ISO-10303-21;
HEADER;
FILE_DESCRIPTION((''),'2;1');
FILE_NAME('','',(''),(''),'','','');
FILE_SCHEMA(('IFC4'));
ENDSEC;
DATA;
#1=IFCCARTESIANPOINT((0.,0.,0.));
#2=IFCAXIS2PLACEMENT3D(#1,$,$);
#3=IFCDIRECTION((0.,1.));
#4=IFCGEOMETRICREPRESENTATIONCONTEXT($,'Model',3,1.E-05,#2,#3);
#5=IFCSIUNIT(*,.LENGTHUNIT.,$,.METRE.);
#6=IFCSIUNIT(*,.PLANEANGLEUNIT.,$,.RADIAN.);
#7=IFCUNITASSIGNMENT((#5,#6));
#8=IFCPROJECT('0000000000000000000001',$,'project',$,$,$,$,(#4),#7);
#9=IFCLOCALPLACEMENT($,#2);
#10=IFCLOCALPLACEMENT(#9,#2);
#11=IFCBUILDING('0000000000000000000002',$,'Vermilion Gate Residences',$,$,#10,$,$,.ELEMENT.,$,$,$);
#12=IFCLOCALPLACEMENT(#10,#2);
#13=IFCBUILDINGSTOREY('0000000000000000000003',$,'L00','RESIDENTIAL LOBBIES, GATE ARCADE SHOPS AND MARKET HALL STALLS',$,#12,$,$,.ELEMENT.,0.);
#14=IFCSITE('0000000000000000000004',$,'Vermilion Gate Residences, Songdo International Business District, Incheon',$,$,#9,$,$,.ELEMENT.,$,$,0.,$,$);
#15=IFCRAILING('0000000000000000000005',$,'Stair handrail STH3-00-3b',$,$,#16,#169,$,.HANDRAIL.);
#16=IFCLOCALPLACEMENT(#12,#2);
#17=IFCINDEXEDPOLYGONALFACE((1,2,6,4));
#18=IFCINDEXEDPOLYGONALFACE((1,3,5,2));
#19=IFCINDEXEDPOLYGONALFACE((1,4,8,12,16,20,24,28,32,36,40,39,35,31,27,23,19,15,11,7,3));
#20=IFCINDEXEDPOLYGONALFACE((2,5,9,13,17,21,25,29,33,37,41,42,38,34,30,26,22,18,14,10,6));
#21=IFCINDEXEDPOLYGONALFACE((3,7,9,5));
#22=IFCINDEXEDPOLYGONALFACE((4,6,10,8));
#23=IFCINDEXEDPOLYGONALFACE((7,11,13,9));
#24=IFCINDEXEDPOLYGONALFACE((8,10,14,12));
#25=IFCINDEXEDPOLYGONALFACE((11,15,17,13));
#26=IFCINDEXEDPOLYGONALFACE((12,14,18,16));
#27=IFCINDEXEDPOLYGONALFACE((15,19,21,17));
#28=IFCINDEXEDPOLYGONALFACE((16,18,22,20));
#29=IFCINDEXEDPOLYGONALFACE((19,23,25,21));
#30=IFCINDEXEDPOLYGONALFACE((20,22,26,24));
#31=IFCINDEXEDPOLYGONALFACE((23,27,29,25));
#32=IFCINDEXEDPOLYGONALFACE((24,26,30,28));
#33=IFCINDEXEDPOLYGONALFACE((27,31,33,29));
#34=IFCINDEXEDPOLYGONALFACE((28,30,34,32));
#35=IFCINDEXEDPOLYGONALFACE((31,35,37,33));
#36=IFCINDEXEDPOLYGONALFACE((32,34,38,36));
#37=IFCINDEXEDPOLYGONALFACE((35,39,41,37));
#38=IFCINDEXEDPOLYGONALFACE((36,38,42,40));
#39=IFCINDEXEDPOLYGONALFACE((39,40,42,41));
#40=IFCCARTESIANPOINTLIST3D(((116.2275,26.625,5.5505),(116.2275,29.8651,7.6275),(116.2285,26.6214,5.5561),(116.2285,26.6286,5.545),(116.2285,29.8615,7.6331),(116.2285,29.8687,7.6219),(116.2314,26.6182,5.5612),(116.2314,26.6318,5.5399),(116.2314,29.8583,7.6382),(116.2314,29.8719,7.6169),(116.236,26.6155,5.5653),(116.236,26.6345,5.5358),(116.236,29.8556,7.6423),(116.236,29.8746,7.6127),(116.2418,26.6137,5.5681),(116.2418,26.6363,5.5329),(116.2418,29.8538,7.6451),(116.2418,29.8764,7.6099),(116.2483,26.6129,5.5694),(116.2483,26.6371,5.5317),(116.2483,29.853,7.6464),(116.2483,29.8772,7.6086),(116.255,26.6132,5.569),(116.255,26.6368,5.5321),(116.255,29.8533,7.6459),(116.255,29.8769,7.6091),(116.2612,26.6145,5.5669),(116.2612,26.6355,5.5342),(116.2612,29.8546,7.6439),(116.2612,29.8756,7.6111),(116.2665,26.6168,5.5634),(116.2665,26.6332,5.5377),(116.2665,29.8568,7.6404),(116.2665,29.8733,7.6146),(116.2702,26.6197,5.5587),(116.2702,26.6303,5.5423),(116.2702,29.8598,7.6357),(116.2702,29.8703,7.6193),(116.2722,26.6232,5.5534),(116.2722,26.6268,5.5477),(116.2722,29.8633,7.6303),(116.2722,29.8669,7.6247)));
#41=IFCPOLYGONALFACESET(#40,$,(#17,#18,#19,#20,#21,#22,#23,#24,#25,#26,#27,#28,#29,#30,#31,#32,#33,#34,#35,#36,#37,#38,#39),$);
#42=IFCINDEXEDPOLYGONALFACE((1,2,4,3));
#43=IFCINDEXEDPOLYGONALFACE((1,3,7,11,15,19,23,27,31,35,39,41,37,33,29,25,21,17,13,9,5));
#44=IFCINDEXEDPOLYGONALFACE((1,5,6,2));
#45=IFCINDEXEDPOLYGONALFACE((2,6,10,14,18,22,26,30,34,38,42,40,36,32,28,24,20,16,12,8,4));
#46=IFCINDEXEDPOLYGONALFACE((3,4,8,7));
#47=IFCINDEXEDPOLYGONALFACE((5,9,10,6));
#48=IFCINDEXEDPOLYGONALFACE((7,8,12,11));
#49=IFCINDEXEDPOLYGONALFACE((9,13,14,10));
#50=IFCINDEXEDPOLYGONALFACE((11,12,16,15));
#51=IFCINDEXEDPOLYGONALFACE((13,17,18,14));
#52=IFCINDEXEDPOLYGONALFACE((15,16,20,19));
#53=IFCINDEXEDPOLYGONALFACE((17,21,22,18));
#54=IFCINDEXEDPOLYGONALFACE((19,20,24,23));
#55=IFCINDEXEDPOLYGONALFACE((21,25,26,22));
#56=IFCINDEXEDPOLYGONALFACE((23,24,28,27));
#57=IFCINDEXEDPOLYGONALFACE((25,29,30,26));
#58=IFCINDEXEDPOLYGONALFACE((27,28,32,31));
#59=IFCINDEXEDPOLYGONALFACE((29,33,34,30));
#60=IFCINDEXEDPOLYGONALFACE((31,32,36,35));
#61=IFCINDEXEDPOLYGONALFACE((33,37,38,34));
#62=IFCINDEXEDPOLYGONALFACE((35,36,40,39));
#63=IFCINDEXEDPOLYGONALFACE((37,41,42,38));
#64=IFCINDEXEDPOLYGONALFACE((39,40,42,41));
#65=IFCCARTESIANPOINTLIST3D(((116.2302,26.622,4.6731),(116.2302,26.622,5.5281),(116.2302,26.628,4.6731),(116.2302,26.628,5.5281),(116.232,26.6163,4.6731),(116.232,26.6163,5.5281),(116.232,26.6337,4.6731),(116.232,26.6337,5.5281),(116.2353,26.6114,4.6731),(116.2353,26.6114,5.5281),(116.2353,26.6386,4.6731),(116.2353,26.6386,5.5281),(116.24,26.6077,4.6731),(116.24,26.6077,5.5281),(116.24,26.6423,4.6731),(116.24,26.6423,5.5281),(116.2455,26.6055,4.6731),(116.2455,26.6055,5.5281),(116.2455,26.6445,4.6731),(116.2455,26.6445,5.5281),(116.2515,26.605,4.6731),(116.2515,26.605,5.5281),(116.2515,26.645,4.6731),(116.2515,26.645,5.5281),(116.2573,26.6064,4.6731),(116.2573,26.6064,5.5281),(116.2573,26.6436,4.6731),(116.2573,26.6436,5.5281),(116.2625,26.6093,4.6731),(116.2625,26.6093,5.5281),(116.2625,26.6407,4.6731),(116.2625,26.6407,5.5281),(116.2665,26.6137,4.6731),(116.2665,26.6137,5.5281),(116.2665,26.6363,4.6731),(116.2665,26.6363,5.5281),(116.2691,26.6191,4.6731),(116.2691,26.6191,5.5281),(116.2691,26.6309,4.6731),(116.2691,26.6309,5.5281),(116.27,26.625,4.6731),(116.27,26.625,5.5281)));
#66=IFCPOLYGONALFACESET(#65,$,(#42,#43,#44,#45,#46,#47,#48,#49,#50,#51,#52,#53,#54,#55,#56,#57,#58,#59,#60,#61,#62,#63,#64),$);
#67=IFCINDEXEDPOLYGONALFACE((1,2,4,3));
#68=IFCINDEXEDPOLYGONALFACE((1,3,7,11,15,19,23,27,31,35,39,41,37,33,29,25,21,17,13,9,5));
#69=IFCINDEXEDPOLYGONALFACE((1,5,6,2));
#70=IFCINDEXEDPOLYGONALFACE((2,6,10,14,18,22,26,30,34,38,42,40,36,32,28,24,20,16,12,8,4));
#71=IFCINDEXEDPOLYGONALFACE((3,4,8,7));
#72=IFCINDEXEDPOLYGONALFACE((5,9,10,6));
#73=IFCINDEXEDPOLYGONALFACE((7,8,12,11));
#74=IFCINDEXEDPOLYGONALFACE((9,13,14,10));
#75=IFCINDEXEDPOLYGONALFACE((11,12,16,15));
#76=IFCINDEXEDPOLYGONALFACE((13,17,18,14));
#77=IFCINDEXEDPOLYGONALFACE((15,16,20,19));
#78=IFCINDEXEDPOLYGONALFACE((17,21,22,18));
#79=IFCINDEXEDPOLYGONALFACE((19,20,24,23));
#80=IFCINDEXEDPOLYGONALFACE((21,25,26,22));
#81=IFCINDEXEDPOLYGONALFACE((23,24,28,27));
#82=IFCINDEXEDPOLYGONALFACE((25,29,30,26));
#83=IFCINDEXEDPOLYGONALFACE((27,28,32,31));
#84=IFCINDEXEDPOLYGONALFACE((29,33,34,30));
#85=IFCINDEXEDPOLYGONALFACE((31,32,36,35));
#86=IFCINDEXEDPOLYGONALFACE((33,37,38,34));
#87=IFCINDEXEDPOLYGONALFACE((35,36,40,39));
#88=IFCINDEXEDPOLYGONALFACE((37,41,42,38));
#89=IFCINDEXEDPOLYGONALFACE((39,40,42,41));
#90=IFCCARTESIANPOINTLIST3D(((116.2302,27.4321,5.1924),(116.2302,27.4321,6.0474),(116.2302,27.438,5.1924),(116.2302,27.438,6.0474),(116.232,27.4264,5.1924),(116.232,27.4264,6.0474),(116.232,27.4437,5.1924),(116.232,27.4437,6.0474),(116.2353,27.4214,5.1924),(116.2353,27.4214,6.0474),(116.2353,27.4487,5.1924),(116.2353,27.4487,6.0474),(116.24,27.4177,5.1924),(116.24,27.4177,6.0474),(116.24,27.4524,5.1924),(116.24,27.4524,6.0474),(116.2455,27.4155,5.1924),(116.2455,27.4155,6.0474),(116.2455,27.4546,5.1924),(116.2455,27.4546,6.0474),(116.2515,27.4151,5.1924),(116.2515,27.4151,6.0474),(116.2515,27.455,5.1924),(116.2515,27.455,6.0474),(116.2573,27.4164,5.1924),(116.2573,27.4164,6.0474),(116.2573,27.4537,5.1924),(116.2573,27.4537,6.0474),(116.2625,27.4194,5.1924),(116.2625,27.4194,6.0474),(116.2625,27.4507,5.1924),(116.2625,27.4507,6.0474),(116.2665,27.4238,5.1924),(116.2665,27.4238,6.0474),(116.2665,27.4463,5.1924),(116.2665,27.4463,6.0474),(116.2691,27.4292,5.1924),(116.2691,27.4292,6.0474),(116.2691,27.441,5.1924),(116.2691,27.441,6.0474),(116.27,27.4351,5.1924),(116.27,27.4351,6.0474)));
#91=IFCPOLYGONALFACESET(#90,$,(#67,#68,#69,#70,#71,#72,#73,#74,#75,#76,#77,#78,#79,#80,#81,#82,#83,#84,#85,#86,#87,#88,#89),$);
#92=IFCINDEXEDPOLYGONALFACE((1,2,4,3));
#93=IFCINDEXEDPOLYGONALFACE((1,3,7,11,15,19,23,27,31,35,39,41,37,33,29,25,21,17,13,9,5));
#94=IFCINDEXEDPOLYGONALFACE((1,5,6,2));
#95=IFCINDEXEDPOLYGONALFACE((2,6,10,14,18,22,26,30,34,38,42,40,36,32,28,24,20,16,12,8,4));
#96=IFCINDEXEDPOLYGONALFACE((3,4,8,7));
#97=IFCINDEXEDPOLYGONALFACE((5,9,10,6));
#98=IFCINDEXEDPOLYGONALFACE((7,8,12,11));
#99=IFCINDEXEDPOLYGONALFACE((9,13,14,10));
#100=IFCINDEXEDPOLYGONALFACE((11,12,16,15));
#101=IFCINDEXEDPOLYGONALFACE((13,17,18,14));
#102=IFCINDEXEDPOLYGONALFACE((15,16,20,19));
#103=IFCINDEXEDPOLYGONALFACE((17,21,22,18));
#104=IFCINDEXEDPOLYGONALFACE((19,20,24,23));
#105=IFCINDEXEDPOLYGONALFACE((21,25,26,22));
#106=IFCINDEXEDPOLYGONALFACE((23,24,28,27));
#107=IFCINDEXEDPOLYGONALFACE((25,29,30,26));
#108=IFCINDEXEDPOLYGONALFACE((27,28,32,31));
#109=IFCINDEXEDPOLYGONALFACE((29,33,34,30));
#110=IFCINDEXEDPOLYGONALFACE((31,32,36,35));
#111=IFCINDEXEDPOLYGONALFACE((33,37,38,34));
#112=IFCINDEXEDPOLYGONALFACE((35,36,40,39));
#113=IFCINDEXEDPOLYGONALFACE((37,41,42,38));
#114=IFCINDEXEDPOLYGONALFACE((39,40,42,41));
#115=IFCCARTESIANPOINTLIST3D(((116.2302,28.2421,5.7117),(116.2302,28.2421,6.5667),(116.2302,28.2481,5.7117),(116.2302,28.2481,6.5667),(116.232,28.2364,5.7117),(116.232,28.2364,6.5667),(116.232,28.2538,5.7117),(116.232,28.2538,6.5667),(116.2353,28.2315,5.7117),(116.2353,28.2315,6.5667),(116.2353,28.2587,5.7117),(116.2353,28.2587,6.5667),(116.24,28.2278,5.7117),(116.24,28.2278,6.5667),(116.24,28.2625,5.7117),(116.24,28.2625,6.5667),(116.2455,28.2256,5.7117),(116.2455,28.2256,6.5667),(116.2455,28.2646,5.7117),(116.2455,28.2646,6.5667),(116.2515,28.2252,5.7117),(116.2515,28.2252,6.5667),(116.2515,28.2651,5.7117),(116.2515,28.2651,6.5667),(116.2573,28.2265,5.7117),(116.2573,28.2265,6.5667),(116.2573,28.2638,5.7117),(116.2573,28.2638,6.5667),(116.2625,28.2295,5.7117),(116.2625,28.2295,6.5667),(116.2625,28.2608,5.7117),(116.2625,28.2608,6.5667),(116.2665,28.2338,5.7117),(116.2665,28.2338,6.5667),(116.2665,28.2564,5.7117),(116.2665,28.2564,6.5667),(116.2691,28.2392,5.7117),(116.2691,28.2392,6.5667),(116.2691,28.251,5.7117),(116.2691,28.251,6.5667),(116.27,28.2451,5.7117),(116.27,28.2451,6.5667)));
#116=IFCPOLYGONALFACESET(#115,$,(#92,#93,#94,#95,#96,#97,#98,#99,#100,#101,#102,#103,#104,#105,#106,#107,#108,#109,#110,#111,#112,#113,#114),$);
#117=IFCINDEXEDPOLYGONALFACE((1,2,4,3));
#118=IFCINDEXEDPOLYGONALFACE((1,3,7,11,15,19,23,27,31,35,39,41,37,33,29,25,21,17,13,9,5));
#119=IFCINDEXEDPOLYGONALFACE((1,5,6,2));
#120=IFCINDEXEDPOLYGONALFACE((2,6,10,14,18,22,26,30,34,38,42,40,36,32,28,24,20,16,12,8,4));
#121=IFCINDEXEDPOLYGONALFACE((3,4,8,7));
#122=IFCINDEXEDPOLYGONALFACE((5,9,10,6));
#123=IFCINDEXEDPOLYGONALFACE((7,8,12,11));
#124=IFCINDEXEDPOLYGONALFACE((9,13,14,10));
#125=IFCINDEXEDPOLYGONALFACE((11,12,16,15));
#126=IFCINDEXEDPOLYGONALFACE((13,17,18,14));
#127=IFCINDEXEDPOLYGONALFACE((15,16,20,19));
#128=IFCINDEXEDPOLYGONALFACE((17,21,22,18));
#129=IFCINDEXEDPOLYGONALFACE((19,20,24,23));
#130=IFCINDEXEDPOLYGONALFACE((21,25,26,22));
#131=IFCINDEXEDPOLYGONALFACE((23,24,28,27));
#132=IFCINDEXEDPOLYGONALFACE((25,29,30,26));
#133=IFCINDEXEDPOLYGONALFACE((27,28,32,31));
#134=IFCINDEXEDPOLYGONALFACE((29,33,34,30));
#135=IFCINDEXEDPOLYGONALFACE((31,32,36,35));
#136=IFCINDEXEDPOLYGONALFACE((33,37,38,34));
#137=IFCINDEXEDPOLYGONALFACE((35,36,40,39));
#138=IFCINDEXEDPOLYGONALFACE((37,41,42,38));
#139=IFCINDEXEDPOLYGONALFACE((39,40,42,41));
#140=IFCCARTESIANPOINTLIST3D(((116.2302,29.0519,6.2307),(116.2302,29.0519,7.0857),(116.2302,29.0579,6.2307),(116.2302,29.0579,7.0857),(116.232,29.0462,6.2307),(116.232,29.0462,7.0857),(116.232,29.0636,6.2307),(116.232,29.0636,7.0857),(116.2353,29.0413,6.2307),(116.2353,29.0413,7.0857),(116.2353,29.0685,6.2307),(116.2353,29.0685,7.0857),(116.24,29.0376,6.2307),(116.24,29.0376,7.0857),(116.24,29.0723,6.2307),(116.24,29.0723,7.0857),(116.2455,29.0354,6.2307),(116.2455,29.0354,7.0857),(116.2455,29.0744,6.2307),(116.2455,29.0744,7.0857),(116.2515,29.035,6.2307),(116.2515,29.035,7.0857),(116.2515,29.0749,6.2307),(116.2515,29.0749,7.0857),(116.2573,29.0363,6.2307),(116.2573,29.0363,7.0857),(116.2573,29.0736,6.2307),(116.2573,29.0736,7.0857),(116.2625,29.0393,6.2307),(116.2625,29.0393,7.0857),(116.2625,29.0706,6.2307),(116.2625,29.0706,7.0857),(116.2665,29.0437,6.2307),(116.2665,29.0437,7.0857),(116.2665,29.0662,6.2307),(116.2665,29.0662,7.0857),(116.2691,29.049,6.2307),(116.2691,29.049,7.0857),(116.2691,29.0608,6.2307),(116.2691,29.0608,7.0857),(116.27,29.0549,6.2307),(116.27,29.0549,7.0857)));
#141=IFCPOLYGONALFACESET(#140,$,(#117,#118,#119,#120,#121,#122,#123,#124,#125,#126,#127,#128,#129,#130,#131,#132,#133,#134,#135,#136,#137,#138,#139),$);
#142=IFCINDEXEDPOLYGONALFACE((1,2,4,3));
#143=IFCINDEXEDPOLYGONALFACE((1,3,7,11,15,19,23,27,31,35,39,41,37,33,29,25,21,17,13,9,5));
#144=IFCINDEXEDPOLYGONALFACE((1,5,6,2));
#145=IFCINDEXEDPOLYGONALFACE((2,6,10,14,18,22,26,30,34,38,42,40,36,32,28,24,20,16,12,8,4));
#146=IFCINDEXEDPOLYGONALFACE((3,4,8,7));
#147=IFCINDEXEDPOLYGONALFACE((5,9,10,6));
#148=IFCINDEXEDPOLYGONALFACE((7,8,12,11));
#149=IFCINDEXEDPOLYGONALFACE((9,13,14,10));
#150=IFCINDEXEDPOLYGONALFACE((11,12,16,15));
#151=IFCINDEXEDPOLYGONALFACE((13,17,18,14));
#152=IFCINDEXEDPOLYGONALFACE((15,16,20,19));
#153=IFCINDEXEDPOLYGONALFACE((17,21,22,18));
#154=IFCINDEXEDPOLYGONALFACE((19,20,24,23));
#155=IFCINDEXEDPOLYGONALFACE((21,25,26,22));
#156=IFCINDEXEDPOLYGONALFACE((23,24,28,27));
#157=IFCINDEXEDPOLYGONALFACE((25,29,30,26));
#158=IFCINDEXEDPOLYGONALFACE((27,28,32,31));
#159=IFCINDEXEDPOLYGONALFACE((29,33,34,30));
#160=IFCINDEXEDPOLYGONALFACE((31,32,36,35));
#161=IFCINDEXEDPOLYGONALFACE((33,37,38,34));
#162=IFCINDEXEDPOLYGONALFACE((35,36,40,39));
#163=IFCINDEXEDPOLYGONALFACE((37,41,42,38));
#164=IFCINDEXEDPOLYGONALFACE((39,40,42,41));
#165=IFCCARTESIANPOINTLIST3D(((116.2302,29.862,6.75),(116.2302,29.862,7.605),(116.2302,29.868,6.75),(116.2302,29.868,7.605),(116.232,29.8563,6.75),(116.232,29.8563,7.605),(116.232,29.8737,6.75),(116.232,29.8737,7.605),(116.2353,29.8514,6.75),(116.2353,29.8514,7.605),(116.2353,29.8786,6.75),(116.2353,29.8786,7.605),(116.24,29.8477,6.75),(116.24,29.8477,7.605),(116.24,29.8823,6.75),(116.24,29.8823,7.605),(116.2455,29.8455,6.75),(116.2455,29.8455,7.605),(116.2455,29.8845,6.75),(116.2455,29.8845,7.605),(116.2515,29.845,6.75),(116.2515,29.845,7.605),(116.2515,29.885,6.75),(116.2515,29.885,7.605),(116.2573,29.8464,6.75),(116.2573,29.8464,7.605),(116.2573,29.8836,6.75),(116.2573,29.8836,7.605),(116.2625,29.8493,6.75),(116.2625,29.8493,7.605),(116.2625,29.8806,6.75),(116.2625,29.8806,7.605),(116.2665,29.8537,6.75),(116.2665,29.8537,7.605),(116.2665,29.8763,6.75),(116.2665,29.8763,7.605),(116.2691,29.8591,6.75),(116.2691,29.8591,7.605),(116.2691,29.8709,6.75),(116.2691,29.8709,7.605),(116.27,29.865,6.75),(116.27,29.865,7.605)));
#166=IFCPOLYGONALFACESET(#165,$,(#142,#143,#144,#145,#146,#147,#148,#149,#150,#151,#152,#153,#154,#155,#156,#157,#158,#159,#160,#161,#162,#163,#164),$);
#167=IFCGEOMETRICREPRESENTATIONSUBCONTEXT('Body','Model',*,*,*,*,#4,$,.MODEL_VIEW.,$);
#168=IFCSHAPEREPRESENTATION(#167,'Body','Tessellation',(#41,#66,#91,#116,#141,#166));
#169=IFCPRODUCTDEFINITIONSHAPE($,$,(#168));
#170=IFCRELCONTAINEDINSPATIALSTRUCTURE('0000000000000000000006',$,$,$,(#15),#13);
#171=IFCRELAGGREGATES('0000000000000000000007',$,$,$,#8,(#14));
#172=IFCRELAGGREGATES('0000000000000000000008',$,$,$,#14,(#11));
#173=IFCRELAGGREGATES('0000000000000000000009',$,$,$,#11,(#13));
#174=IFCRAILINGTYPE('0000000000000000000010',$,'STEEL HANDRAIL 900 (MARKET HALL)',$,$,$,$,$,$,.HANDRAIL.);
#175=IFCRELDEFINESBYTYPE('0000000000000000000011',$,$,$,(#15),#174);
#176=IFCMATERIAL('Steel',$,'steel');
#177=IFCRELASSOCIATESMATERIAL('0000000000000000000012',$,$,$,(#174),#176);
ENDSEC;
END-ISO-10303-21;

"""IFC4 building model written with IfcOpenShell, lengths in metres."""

from ifc_helpers import new_model, si_unit, direction, frame, origin, origin_2d, place, context, subcontext, project, spatial, circle, extrude, material, type_object, element, save


model = new_model("IFC4")

# Units and contexts
model_context = context("Model", 3, precision=1e-05, world=origin(), true_north=direction((0.0, 1.0)))
body_context = subcontext(model_context, "Body", "Model", "MODEL_VIEW")
ifc_project = project(units=[si_unit("LENGTHUNIT", "METRE"), si_unit("PLANEANGLEUNIT", "RADIAN")], contexts=[model_context])

# Site, building, storey
site_placement = place(None, origin())
site = spatial("IfcSite", under=ifc_project, at=site_placement, Name="Vermilion Gate Residences, Songdo International Business District, Incheon", CompositionType="ELEMENT", RefElevation=0.0)
building_placement = place(site_placement, origin())
building = spatial("IfcBuilding", under=site, at=building_placement, Name="Vermilion Gate Residences", CompositionType="ELEMENT")
storey_placement = place(building_placement, origin())
storey = spatial("IfcBuildingStorey", under=building, at=storey_placement, Name="L00", Description="RESIDENTIAL LOBBIES, GATE ARCADE SHOPS AND MARKET HALL STALLS", CompositionType="ELEMENT", Elevation=0.0)

# Railing
ifc_material_1 = material(Name="Steel", Category="steel")
railing_type = type_object("IfcRailingType", Name="STEEL HANDRAIL 900 (MARKET HALL)", PredefinedType="HANDRAIL", material=ifc_material_1)
for number, where, name in (
    (1, (116.25, 26.625, 4.6731), "Stair handrail STH3-00-3b"),
):
    element("IfcRailing", number, at=place(storey_placement, frame(where)), inside=storey, type_object=railing_type, Name=name, PredefinedType="HANDRAIL", context=body_context, shape_type="SweptSolid", body=[
        extrude(circle(Radius=0.0225, at=origin_2d()), frame((0.0, 0.0, 0.8774), z_axis=(0.0, 0.841881, 0.539664), x_axis=(-1.0, 0.0, 0.0)), (0.0, 0.0, 1.0), 3.8486),
        extrude(circle(Radius=0.02, at=origin_2d()), origin(), (0.0, 0.0, 1.0), 0.855),
        extrude(circle(Radius=0.02, at=origin_2d()), frame((0.0, 0.8101, 0.5193)), (0.0, 0.0, 1.0), 0.855),
        extrude(circle(Radius=0.02, at=origin_2d()), frame((0.0, 1.6201, 1.0386)), (0.0, 0.0, 1.0), 0.855),
        extrude(circle(Radius=0.02, at=origin_2d()), frame((0.0, 2.4299, 1.5576)), (0.0, 0.0, 1.0), 0.855),
        extrude(circle(Radius=0.02, at=origin_2d()), frame((0.0, 3.24, 2.0769)), (0.0, 0.0, 1.0), 0.855),
    ])

save(model, "model.ifc")
